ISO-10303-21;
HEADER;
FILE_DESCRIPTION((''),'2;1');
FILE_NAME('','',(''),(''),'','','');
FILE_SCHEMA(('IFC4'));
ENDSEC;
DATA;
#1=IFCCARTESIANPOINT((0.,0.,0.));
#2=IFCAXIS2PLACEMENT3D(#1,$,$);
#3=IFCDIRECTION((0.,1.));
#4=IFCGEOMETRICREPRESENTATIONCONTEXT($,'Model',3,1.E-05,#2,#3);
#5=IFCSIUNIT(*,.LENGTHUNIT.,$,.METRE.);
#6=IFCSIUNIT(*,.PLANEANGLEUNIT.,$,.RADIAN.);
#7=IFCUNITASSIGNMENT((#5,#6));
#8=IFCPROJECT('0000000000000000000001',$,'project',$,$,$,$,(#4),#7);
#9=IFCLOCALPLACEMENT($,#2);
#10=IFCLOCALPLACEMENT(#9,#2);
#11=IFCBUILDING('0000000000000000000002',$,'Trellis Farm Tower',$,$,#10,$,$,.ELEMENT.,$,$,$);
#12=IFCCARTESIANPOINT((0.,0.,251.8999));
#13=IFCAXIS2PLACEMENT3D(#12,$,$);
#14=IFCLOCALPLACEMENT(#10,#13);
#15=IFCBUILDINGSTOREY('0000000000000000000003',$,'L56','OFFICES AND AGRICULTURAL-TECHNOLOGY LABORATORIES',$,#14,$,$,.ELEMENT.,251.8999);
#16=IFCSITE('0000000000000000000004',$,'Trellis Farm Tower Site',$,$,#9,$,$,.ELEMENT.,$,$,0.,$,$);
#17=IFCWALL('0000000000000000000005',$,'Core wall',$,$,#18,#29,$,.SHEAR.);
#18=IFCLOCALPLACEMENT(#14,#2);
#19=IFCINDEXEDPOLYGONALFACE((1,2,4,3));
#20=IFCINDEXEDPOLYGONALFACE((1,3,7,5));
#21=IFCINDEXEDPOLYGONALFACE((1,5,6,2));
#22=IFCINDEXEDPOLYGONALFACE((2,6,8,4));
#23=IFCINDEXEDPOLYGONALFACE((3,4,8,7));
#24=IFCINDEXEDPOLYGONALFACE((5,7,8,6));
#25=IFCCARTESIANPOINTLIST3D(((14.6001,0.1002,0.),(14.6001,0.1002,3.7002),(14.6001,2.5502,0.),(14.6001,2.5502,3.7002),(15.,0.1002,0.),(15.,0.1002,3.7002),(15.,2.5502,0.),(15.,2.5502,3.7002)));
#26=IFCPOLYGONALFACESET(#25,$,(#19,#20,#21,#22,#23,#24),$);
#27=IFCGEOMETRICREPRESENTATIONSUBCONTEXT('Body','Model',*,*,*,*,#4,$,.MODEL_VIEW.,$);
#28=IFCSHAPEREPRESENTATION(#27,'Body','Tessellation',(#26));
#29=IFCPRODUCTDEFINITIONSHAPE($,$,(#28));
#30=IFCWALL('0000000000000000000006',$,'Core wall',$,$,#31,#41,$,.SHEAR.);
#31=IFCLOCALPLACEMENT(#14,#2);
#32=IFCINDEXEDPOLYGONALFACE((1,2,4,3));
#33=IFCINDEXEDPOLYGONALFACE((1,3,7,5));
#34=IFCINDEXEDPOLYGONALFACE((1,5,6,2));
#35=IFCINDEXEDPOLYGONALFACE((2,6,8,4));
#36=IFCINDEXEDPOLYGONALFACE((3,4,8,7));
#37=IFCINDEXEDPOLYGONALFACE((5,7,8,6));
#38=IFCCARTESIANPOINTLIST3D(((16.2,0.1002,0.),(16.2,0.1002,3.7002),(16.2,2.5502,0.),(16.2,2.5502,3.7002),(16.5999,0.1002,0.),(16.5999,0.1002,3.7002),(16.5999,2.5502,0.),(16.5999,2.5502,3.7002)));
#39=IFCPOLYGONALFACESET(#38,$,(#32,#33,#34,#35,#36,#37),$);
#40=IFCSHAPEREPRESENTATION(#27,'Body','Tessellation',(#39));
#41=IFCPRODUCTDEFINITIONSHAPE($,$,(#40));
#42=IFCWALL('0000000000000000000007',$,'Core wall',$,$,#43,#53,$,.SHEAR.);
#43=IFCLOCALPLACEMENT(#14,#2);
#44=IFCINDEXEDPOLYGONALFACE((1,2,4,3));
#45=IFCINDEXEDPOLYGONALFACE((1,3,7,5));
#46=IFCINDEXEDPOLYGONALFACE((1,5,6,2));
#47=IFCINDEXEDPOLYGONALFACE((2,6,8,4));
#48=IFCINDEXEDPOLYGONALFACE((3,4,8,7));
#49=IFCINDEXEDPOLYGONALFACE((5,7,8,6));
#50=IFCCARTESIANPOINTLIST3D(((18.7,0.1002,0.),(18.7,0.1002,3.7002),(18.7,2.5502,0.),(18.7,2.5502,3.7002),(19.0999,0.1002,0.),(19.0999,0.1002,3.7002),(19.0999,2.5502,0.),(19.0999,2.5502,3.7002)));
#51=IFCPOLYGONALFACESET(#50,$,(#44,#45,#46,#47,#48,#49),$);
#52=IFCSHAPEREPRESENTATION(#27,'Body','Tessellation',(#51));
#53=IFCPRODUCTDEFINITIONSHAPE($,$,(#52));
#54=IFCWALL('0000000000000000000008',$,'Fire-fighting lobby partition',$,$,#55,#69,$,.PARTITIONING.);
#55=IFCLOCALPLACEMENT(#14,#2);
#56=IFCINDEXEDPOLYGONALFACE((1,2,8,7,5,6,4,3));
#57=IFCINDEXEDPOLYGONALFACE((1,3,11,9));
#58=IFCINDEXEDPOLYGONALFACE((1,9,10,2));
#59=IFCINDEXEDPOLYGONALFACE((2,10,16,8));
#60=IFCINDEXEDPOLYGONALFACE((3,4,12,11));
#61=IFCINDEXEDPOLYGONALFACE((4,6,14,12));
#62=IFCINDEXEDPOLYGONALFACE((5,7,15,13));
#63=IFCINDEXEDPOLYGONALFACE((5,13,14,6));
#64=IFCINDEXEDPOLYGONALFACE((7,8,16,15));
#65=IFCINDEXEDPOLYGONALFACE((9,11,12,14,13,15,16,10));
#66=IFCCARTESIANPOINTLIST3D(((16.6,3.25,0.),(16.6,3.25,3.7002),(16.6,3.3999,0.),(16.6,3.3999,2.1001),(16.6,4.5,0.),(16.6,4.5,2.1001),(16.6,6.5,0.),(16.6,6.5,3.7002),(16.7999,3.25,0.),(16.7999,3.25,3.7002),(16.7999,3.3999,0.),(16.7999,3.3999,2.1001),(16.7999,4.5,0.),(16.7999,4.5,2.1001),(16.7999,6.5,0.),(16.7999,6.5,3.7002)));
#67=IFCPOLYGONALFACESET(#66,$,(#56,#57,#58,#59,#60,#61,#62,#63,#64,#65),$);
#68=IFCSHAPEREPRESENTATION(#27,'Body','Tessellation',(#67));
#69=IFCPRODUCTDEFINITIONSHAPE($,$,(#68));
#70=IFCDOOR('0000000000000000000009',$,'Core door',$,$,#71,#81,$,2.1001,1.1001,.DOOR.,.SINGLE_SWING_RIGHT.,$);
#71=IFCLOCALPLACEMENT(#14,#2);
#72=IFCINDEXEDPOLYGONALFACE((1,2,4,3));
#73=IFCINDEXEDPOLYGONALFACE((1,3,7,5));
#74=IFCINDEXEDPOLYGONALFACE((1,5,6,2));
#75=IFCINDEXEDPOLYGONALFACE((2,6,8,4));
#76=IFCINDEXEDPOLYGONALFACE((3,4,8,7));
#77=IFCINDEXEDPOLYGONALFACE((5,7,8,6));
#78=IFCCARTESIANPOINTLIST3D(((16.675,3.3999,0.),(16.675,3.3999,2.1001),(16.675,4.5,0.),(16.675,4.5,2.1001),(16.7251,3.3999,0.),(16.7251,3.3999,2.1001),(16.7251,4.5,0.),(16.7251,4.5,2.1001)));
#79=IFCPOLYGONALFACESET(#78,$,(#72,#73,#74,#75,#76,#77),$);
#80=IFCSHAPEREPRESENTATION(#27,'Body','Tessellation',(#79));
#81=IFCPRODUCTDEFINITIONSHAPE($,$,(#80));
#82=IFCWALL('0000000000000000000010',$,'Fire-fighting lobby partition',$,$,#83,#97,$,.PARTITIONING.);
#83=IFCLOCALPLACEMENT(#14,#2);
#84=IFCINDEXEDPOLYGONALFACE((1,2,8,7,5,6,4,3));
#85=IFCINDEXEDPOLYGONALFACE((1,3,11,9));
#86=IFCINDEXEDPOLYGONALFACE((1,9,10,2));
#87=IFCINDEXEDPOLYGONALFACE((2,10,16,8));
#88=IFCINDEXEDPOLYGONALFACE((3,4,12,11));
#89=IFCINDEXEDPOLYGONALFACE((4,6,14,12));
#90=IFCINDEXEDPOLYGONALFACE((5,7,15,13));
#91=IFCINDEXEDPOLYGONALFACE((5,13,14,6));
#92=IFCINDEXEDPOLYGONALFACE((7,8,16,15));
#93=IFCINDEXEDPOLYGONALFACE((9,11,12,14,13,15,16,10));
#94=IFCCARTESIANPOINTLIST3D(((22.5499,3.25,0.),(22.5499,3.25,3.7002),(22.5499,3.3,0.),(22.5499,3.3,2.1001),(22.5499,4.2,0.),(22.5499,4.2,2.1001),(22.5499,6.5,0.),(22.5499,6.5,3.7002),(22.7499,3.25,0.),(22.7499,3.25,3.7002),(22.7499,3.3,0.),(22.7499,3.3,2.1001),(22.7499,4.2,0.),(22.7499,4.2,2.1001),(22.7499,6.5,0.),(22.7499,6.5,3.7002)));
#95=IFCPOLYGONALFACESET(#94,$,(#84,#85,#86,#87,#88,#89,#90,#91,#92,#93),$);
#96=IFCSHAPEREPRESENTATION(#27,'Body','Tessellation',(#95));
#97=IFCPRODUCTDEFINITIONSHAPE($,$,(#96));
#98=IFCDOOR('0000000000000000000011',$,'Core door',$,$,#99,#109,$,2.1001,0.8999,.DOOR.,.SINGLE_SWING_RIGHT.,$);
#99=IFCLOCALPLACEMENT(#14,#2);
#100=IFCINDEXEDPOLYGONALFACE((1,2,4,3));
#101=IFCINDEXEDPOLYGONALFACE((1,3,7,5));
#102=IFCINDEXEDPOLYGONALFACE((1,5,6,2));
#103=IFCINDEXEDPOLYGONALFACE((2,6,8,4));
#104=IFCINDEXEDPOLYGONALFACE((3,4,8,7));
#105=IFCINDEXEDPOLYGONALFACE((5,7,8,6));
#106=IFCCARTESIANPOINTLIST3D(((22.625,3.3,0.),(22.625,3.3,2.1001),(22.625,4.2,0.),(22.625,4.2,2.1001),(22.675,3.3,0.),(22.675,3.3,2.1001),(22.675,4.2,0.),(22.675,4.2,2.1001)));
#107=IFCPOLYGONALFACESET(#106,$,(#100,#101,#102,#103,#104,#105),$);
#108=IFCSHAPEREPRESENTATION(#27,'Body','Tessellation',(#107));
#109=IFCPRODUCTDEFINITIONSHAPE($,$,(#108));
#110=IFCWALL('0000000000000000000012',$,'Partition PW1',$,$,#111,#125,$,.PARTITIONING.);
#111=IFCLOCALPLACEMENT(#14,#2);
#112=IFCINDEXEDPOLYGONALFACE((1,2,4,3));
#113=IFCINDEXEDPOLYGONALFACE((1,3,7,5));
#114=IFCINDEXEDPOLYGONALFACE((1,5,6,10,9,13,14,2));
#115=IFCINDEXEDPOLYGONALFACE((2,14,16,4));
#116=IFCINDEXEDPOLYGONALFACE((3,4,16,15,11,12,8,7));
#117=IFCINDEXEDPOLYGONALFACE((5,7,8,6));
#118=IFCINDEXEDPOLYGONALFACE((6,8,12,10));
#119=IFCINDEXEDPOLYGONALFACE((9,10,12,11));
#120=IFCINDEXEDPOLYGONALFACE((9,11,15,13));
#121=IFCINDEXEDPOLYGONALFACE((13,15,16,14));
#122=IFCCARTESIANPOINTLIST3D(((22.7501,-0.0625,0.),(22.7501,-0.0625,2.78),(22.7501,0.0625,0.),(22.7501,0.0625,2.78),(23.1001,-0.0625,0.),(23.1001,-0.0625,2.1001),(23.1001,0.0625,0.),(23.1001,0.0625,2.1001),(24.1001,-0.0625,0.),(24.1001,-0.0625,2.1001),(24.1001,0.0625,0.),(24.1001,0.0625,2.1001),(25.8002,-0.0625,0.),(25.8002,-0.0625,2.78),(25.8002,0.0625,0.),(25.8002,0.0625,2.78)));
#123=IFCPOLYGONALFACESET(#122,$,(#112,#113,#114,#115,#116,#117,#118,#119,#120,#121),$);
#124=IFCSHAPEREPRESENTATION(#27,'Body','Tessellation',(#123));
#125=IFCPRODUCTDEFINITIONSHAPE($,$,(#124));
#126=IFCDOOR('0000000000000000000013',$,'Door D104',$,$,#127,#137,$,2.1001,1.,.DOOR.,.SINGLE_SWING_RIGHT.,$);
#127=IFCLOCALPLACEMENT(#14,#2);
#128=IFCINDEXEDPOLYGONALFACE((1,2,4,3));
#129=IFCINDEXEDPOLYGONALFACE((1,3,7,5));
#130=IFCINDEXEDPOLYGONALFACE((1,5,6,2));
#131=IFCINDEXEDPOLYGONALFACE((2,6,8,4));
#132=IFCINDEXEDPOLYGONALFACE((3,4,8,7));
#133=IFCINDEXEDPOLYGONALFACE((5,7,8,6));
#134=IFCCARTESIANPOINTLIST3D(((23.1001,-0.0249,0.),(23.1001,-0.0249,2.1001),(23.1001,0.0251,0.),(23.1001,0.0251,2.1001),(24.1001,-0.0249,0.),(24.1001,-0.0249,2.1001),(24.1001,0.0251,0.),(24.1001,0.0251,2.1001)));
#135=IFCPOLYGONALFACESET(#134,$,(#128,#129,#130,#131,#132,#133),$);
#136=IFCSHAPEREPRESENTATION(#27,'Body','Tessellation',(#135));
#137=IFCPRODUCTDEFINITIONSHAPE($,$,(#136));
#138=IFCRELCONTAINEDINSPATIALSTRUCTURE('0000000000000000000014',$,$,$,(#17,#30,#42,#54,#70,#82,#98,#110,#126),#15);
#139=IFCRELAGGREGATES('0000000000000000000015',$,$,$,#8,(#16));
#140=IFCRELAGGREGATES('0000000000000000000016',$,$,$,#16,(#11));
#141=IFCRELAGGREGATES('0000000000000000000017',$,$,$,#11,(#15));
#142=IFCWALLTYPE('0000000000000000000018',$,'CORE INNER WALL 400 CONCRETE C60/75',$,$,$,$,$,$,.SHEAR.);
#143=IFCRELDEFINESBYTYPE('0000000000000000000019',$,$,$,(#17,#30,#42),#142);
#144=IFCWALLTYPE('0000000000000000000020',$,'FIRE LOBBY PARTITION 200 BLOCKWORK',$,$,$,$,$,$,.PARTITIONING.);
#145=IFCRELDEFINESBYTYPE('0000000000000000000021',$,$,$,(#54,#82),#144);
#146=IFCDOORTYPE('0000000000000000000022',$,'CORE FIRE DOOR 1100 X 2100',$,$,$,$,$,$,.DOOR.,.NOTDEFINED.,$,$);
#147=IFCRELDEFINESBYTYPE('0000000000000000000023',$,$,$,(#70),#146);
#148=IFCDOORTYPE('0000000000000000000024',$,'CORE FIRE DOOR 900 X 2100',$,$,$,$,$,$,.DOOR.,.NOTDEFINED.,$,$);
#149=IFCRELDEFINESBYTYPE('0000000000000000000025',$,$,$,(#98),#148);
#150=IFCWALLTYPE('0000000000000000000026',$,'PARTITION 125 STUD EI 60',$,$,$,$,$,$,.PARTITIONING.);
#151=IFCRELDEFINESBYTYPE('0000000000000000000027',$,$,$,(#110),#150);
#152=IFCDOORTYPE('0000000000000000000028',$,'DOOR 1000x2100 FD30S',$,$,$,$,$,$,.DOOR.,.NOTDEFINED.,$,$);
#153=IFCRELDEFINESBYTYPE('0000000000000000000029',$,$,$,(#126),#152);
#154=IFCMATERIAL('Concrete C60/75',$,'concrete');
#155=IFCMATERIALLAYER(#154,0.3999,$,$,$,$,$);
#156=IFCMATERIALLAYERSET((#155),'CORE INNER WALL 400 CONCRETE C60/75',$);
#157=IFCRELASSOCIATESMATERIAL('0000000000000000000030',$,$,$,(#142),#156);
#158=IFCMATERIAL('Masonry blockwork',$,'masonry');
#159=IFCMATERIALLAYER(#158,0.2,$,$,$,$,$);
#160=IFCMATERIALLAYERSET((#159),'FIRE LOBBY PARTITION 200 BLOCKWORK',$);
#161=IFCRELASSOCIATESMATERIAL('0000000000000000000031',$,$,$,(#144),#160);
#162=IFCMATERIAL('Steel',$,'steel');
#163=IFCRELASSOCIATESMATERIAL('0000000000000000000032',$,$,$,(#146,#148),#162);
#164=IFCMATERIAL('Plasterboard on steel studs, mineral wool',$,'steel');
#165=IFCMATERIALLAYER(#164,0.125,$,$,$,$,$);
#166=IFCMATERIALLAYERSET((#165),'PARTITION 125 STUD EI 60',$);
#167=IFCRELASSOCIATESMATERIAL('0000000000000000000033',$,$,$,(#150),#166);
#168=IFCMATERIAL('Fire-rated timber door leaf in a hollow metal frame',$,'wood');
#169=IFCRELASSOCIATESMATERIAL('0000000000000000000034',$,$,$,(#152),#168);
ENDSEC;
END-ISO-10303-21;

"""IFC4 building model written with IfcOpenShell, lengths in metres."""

from ifc_helpers import new_model, si_unit, direction, frame, frame_2d, origin, place, context, subcontext, project, spatial, rectangle, extrude, source, transform, mapped, material, layer, layer_set, type_object, element, fill, save


model = new_model("IFC4")

# Units and contexts
model_context = context("Model", 3, precision=1e-05, world=origin(), true_north=direction((0.0, 1.0)))
body_context = subcontext(model_context, "Body", "Model", "MODEL_VIEW")
ifc_project = project(units=[si_unit("LENGTHUNIT", "METRE"), si_unit("PLANEANGLEUNIT", "RADIAN")], contexts=[model_context])

# Site, building, storey
site_placement = place(None, origin())
site = spatial("IfcSite", under=ifc_project, at=site_placement, Name="Trellis Farm Tower Site", CompositionType="ELEMENT", RefElevation=0.0)
building_placement = place(site_placement, origin())
building = spatial("IfcBuilding", under=site, at=building_placement, Name="Trellis Farm Tower", CompositionType="ELEMENT")
storey_placement = place(building_placement, frame((0.0, 0.0, 251.8999)))
storey = spatial("IfcBuildingStorey", under=building, at=storey_placement, Name="L56", Description="OFFICES AND AGRICULTURAL-TECHNOLOGY LABORATORIES", CompositionType="ELEMENT", Elevation=251.8999)

# Shared definitions
ifc_material_1 = material(Name="Concrete C60/75", Category="concrete")

# Walls
ifc_layer_1 = layer(ifc_material_1, 0.3999)
ifc_layer_set_1 = layer_set([ifc_layer_1], Name="CORE INNER WALL 400 CONCRETE C60/75")
wall_type_1 = type_object("IfcWallType", Name="CORE INNER WALL 400 CONCRETE C60/75", PredefinedType="SHEAR", material=ifc_layer_set_1)
shared_shape_1 = source(origin(), body_context, "Body", "SweptSolid", [
    extrude(rectangle(XDim=2.45, YDim=0.3999, at=frame_2d((1.2251, 0.0))), origin(), (0.0, 0.0, 1.0), 3.7002),
])
for number, where, z_axis, x_axis, name in (
    (1, (14.8, 0.1001, 0.0), (0.0, 0.0, 1.0), (0.0, 1.0, 0.0), "Core wall"),
    (2, (16.3999, 0.1001, 0.0), (0.0, 0.0, 1.0), (0.0, 1.0, 0.0), "Core wall"),
    (3, (18.8999, 0.1001, 0.0), (0.0, 0.0, 1.0), (0.0, 1.0, 0.0), "Core wall"),
):
    element("IfcWall", number, at=place(storey_placement, frame(where, z_axis=z_axis, x_axis=x_axis)), inside=storey, type_object=wall_type_1, Name=name, PredefinedType="SHEAR", context=body_context, shape_type="MappedRepresentation", body=[
        mapped(shared_shape_1, transform((0.0, 0.0, 0.0))),
    ])

# Walls, openings, doors
ifc_material_2 = material(Name="Masonry blockwork", Category="masonry")
ifc_layer_2 = layer(ifc_material_2, 0.2)
ifc_layer_set_2 = layer_set([ifc_layer_2], Name="FIRE LOBBY PARTITION 200 BLOCKWORK")
wall_type_2 = type_object("IfcWallType", Name="FIRE LOBBY PARTITION 200 BLOCKWORK", PredefinedType="PARTITIONING", material=ifc_layer_set_2)
shared_shape_2 = source(origin(), body_context, "Body", "SweptSolid", [
    extrude(rectangle(XDim=3.25, YDim=0.2, at=frame_2d((1.625, 0.0))), origin(), (0.0, 0.0, 1.0), 3.7002),
])
wall_1_placement = place(storey_placement, frame((16.7, 3.25, 0.0), z_axis=(0.0, 0.0, 1.0), x_axis=(0.0, 1.0, 0.0)))
wall_1 = element("IfcWall", 4, at=wall_1_placement, inside=storey, type_object=wall_type_2, Name="Fire-fighting lobby partition", PredefinedType="PARTITIONING", context=body_context, shape_type="MappedRepresentation", body=[
    mapped(shared_shape_2, transform((0.0, 0.0, 0.0))),
])
shared_shape_3 = source(origin(), body_context, "Body", "SweptSolid", [
    extrude(rectangle(XDim=1.1001, YDim=2.1001, at=frame_2d((0.55, 1.05))), frame((0.0, 0.1101, 0.0), z_axis=(0.0, -1.0, 0.0), x_axis=(1.0, 0.0, 0.0)), (0.0, 0.0, 1.0), 0.2202),
])
opening_1_placement = place(wall_1_placement, frame((0.1499, 0.0, 0.0)))
opening_1 = element("IfcOpeningElement", 5, at=opening_1_placement, cuts=wall_1, PredefinedType="OPENING", context=body_context, shape_type="MappedRepresentation", body=[
    mapped(shared_shape_3, transform((0.0, 0.0, 0.0))),
])
ifc_material_3 = material(Name="Steel", Category="steel")
door_type_1 = type_object("IfcDoorType", Name="CORE FIRE DOOR 1100 X 2100", OperationType="NOTDEFINED", PredefinedType="DOOR", material=ifc_material_3)
shared_shape_4 = source(origin(), body_context, "Body", "SweptSolid", [
    extrude(rectangle(XDim=1.1001, YDim=2.1001, at=frame_2d((0.55, 1.05))), frame((0.0, 0.0249, 0.0), z_axis=(0.0, -1.0, 0.0), x_axis=(1.0, 0.0, 0.0)), (0.0, 0.0, 1.0), 0.05),
])
door_1_placement = place(opening_1_placement, origin())
door_1 = element("IfcDoor", 6, at=door_1_placement, inside=storey, type_object=door_type_1, Name="Core door", OperationType="SINGLE_SWING_RIGHT", OverallHeight=2.1001, OverallWidth=1.1001, PredefinedType="DOOR", context=body_context, shape_type="MappedRepresentation", body=[
    mapped(shared_shape_4, transform((0.0, 0.0, 0.0))),
])
fill(opening_1, door_1)
wall_2_placement = place(storey_placement, frame((22.6499, 3.25, 0.0), z_axis=(0.0, 0.0, 1.0), x_axis=(0.0, 1.0, 0.0)))
wall_2 = element("IfcWall", 7, at=wall_2_placement, inside=storey, type_object=wall_type_2, Name="Fire-fighting lobby partition", PredefinedType="PARTITIONING", context=body_context, shape_type="MappedRepresentation", body=[
    mapped(shared_shape_2, transform((0.0, 0.0, 0.0))),
])
shared_shape_5 = source(origin(), body_context, "Body", "SweptSolid", [
    extrude(rectangle(XDim=0.8999, YDim=2.1001, at=frame_2d((0.45, 1.05))), frame((0.0, 0.1101, 0.0), z_axis=(0.0, -1.0, 0.0), x_axis=(1.0, 0.0, 0.0)), (0.0, 0.0, 1.0), 0.2202),
])
opening_2_placement = place(wall_2_placement, frame((0.05, 0.0, 0.0)))
opening_2 = element("IfcOpeningElement", 8, at=opening_2_placement, cuts=wall_2, PredefinedType="OPENING", context=body_context, shape_type="MappedRepresentation", body=[
    mapped(shared_shape_5, transform((0.0, 0.0, 0.0))),
])
door_type_2 = type_object("IfcDoorType", Name="CORE FIRE DOOR 900 X 2100", OperationType="NOTDEFINED", PredefinedType="DOOR", material=ifc_material_3)
shared_shape_6 = source(origin(), body_context, "Body", "SweptSolid", [
    extrude(rectangle(XDim=0.8999, YDim=2.1001, at=frame_2d((0.45, 1.05))), frame((0.0, 0.0249, 0.0), z_axis=(0.0, -1.0, 0.0), x_axis=(1.0, 0.0, 0.0)), (0.0, 0.0, 1.0), 0.05),
])
door_2_placement = place(opening_2_placement, origin())
door_2 = element("IfcDoor", 9, at=door_2_placement, inside=storey, type_object=door_type_2, Name="Core door", OperationType="SINGLE_SWING_RIGHT", OverallHeight=2.1001, OverallWidth=0.8999, PredefinedType="DOOR", context=body_context, shape_type="MappedRepresentation", body=[
    mapped(shared_shape_6, transform((0.0, 0.0, 0.0))),
])
fill(opening_2, door_2)
ifc_material_4 = material(Name="Plasterboard on steel studs, mineral wool", Category="steel")
ifc_layer_3 = layer(ifc_material_4, 0.125)
ifc_layer_set_3 = layer_set([ifc_layer_3], Name="PARTITION 125 STUD EI 60")
wall_type_3 = type_object("IfcWallType", Name="PARTITION 125 STUD EI 60", PredefinedType="PARTITIONING", material=ifc_layer_set_3)
shared_shape_7 = source(origin(), body_context, "Body", "SweptSolid", [
    extrude(rectangle(XDim=3.05, YDim=0.125, at=frame_2d((1.5249, 0.0))), origin(), (0.0, 0.0, 1.0), 2.78),
])
wall_3_placement = place(storey_placement, frame((25.8, 0.0, 0.0), z_axis=(0.0, 0.0, 1.0), x_axis=(-1.0, 0.0, 0.0)))
wall_3 = element("IfcWall", 10, at=wall_3_placement, inside=storey, type_object=wall_type_3, Name="Partition PW1", PredefinedType="PARTITIONING", context=body_context, shape_type="MappedRepresentation", body=[
    mapped(shared_shape_7, transform((0.0, 0.0, 0.0))),
])
shared_shape_8 = source(origin(), body_context, "Body", "SweptSolid", [
    extrude(rectangle(XDim=1.0, YDim=2.1001, at=frame_2d((0.5, 1.05))), frame((0.0, 0.0725, 0.0), z_axis=(0.0, -1.0, 0.0), x_axis=(1.0, 0.0, 0.0)), (0.0, 0.0, 1.0), 0.145),
])
opening_3_placement = place(wall_3_placement, frame((1.7, 0.0, 0.0)))
opening_3 = element("IfcOpeningElement", 11, at=opening_3_placement, cuts=wall_3, PredefinedType="OPENING", context=body_context, shape_type="MappedRepresentation", body=[
    mapped(shared_shape_8, transform((0.0, 0.0, 0.0))),
])
ifc_material_5 = material(Name="Fire-rated timber door leaf in a hollow metal frame", Category="wood")
door_type_3 = type_object("IfcDoorType", Name="DOOR 1000x2100 FD30S", OperationType="NOTDEFINED", PredefinedType="DOOR", material=ifc_material_5)
shared_shape_9 = source(origin(), body_context, "Body", "SweptSolid", [
    extrude(rectangle(XDim=1.0, YDim=2.1001, at=frame_2d((0.5, 1.05))), frame((0.0, 0.0249, 0.0), z_axis=(0.0, -1.0, 0.0), x_axis=(1.0, 0.0, 0.0)), (0.0, 0.0, 1.0), 0.05),
])
door_3_placement = place(opening_3_placement, origin())
door_3 = element("IfcDoor", 12, at=door_3_placement, inside=storey, type_object=door_type_3, Name="Door D104", OperationType="SINGLE_SWING_RIGHT", OverallHeight=2.1001, OverallWidth=1.0, PredefinedType="DOOR", context=body_context, shape_type="MappedRepresentation", body=[
    mapped(shared_shape_9, transform((0.0, 0.0, 0.0))),
])
fill(opening_3, door_3)

save(model, "model.ifc")
